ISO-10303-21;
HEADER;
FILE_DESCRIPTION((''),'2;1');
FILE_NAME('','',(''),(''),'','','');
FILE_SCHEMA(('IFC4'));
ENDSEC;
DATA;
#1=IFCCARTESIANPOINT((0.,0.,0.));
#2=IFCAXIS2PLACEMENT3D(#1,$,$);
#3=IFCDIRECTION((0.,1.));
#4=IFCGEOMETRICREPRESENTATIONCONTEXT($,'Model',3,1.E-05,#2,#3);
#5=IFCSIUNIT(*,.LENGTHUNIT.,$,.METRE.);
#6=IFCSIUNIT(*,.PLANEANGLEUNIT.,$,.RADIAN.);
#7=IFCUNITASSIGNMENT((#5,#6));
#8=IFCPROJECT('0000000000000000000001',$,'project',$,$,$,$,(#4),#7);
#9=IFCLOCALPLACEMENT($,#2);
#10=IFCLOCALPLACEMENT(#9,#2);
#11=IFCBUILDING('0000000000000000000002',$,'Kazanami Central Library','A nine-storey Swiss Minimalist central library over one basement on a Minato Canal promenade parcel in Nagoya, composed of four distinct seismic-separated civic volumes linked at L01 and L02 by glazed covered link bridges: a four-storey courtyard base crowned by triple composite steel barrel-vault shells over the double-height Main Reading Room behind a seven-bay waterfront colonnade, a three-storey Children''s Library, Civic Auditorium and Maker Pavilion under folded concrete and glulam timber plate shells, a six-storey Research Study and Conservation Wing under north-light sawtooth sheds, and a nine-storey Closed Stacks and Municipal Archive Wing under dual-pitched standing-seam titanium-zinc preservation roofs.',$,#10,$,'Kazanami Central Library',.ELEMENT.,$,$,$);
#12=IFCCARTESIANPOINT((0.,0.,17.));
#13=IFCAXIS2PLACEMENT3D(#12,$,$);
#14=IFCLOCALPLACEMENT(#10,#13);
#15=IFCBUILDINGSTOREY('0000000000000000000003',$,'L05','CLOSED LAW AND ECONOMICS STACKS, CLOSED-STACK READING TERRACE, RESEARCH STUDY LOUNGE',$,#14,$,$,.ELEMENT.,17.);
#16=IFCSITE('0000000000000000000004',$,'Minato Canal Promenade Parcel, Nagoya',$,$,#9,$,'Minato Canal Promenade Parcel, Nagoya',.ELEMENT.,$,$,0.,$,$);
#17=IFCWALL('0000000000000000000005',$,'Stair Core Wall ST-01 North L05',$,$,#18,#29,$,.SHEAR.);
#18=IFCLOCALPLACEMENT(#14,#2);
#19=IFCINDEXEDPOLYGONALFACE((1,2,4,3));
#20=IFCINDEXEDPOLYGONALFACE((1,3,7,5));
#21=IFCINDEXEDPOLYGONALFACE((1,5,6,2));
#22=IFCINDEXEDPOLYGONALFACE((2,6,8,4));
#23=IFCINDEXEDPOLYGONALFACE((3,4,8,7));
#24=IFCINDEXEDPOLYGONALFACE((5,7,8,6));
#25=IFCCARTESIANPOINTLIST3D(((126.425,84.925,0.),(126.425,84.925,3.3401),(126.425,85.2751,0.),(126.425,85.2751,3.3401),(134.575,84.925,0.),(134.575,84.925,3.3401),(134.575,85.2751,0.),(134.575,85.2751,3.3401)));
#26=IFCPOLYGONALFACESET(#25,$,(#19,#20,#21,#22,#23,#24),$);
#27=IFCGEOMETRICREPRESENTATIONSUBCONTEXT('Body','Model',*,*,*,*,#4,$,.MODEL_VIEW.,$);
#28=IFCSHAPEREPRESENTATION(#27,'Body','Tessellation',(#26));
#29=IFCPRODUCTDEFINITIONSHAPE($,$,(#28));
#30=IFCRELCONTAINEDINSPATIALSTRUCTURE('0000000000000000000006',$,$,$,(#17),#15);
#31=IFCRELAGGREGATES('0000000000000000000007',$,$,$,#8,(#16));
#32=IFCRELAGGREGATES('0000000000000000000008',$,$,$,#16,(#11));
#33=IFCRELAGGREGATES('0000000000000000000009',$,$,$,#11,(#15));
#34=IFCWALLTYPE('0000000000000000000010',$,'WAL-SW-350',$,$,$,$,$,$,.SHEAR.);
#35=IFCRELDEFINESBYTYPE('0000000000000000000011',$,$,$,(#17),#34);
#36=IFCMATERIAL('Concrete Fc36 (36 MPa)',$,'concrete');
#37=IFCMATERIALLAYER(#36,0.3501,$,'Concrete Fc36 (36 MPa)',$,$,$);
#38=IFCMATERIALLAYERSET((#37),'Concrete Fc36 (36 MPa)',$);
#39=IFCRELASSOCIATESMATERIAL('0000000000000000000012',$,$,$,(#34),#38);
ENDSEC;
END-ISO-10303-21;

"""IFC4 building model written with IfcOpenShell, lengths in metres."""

from ifc_helpers import new_model, si_unit, direction, frame, frame_2d, origin, place, context, subcontext, project, spatial, rectangle, extrude, material, layer, layer_set, type_object, element, save


model = new_model("IFC4")

# Units and contexts
model_context = context("Model", 3, precision=1e-05, world=origin(), true_north=direction((0.0, 1.0)))
body_context = subcontext(model_context, "Body", "Model", "MODEL_VIEW")
ifc_project = project(units=[si_unit("LENGTHUNIT", "METRE"), si_unit("PLANEANGLEUNIT", "RADIAN")], contexts=[model_context])

# Site, building, storey
site_placement = place(None, origin())
site = spatial("IfcSite", under=ifc_project, at=site_placement, Name="Minato Canal Promenade Parcel, Nagoya", LongName="Minato Canal Promenade Parcel, Nagoya", CompositionType="ELEMENT", RefElevation=0.0)
building_placement = place(site_placement, origin())
building = spatial("IfcBuilding", under=site, at=building_placement, Name="Kazanami Central Library", Description="A nine-storey Swiss Minimalist central library over one basement on a Minato Canal promenade parcel in Nagoya, composed of four distinct seismic-separated civic volumes linked at L01 and L02 by glazed covered link bridges: a four-storey courtyard base crowned by triple composite steel barrel-vault shells over the double-height Main Reading Room behind a seven-bay waterfront colonnade, a three-storey Children's Library, Civic Auditorium and Maker Pavilion under folded concrete and glulam timber plate shells, a six-storey Research Study and Conservation Wing under north-light sawtooth sheds, and a nine-storey Closed Stacks and Municipal Archive Wing under dual-pitched standing-seam titanium-zinc preservation roofs.", LongName="Kazanami Central Library", CompositionType="ELEMENT")
storey_placement = place(building_placement, frame((0.0, 0.0, 17.0)))
storey = spatial("IfcBuildingStorey", under=building, at=storey_placement, Name="L05", Description="CLOSED LAW AND ECONOMICS STACKS, CLOSED-STACK READING TERRACE, RESEARCH STUDY LOUNGE", CompositionType="ELEMENT", Elevation=17.0)

# Wall
ifc_material_1 = material(Name="Concrete Fc36 (36 MPa)", Category="concrete")
ifc_layer_1 = layer(ifc_material_1, 0.3501, Name="Concrete Fc36 (36 MPa)")
ifc_layer_set_1 = layer_set([ifc_layer_1], Name="Concrete Fc36 (36 MPa)")
wall_type_1 = type_object("IfcWallType", Name="WAL-SW-350", PredefinedType="SHEAR", material=ifc_layer_set_1)
wall_1_placement = place(storey_placement, frame((126.425, 85.1001, 0.0), z_axis=(0.0, 0.0, 1.0), x_axis=(1.0, 0.0, 0.0)))
element("IfcWall", 1, at=wall_1_placement, inside=storey, type_object=wall_type_1, Name="Stair Core Wall ST-01 North L05", PredefinedType="SHEAR", context=body_context, shape_type="SweptSolid", body=[
    extrude(rectangle(XDim=8.1499, YDim=0.3501, at=frame_2d((4.075, 0.0))), origin(), (0.0, 0.0, 1.0), 3.3401),
])

save(model, "model.ifc")
